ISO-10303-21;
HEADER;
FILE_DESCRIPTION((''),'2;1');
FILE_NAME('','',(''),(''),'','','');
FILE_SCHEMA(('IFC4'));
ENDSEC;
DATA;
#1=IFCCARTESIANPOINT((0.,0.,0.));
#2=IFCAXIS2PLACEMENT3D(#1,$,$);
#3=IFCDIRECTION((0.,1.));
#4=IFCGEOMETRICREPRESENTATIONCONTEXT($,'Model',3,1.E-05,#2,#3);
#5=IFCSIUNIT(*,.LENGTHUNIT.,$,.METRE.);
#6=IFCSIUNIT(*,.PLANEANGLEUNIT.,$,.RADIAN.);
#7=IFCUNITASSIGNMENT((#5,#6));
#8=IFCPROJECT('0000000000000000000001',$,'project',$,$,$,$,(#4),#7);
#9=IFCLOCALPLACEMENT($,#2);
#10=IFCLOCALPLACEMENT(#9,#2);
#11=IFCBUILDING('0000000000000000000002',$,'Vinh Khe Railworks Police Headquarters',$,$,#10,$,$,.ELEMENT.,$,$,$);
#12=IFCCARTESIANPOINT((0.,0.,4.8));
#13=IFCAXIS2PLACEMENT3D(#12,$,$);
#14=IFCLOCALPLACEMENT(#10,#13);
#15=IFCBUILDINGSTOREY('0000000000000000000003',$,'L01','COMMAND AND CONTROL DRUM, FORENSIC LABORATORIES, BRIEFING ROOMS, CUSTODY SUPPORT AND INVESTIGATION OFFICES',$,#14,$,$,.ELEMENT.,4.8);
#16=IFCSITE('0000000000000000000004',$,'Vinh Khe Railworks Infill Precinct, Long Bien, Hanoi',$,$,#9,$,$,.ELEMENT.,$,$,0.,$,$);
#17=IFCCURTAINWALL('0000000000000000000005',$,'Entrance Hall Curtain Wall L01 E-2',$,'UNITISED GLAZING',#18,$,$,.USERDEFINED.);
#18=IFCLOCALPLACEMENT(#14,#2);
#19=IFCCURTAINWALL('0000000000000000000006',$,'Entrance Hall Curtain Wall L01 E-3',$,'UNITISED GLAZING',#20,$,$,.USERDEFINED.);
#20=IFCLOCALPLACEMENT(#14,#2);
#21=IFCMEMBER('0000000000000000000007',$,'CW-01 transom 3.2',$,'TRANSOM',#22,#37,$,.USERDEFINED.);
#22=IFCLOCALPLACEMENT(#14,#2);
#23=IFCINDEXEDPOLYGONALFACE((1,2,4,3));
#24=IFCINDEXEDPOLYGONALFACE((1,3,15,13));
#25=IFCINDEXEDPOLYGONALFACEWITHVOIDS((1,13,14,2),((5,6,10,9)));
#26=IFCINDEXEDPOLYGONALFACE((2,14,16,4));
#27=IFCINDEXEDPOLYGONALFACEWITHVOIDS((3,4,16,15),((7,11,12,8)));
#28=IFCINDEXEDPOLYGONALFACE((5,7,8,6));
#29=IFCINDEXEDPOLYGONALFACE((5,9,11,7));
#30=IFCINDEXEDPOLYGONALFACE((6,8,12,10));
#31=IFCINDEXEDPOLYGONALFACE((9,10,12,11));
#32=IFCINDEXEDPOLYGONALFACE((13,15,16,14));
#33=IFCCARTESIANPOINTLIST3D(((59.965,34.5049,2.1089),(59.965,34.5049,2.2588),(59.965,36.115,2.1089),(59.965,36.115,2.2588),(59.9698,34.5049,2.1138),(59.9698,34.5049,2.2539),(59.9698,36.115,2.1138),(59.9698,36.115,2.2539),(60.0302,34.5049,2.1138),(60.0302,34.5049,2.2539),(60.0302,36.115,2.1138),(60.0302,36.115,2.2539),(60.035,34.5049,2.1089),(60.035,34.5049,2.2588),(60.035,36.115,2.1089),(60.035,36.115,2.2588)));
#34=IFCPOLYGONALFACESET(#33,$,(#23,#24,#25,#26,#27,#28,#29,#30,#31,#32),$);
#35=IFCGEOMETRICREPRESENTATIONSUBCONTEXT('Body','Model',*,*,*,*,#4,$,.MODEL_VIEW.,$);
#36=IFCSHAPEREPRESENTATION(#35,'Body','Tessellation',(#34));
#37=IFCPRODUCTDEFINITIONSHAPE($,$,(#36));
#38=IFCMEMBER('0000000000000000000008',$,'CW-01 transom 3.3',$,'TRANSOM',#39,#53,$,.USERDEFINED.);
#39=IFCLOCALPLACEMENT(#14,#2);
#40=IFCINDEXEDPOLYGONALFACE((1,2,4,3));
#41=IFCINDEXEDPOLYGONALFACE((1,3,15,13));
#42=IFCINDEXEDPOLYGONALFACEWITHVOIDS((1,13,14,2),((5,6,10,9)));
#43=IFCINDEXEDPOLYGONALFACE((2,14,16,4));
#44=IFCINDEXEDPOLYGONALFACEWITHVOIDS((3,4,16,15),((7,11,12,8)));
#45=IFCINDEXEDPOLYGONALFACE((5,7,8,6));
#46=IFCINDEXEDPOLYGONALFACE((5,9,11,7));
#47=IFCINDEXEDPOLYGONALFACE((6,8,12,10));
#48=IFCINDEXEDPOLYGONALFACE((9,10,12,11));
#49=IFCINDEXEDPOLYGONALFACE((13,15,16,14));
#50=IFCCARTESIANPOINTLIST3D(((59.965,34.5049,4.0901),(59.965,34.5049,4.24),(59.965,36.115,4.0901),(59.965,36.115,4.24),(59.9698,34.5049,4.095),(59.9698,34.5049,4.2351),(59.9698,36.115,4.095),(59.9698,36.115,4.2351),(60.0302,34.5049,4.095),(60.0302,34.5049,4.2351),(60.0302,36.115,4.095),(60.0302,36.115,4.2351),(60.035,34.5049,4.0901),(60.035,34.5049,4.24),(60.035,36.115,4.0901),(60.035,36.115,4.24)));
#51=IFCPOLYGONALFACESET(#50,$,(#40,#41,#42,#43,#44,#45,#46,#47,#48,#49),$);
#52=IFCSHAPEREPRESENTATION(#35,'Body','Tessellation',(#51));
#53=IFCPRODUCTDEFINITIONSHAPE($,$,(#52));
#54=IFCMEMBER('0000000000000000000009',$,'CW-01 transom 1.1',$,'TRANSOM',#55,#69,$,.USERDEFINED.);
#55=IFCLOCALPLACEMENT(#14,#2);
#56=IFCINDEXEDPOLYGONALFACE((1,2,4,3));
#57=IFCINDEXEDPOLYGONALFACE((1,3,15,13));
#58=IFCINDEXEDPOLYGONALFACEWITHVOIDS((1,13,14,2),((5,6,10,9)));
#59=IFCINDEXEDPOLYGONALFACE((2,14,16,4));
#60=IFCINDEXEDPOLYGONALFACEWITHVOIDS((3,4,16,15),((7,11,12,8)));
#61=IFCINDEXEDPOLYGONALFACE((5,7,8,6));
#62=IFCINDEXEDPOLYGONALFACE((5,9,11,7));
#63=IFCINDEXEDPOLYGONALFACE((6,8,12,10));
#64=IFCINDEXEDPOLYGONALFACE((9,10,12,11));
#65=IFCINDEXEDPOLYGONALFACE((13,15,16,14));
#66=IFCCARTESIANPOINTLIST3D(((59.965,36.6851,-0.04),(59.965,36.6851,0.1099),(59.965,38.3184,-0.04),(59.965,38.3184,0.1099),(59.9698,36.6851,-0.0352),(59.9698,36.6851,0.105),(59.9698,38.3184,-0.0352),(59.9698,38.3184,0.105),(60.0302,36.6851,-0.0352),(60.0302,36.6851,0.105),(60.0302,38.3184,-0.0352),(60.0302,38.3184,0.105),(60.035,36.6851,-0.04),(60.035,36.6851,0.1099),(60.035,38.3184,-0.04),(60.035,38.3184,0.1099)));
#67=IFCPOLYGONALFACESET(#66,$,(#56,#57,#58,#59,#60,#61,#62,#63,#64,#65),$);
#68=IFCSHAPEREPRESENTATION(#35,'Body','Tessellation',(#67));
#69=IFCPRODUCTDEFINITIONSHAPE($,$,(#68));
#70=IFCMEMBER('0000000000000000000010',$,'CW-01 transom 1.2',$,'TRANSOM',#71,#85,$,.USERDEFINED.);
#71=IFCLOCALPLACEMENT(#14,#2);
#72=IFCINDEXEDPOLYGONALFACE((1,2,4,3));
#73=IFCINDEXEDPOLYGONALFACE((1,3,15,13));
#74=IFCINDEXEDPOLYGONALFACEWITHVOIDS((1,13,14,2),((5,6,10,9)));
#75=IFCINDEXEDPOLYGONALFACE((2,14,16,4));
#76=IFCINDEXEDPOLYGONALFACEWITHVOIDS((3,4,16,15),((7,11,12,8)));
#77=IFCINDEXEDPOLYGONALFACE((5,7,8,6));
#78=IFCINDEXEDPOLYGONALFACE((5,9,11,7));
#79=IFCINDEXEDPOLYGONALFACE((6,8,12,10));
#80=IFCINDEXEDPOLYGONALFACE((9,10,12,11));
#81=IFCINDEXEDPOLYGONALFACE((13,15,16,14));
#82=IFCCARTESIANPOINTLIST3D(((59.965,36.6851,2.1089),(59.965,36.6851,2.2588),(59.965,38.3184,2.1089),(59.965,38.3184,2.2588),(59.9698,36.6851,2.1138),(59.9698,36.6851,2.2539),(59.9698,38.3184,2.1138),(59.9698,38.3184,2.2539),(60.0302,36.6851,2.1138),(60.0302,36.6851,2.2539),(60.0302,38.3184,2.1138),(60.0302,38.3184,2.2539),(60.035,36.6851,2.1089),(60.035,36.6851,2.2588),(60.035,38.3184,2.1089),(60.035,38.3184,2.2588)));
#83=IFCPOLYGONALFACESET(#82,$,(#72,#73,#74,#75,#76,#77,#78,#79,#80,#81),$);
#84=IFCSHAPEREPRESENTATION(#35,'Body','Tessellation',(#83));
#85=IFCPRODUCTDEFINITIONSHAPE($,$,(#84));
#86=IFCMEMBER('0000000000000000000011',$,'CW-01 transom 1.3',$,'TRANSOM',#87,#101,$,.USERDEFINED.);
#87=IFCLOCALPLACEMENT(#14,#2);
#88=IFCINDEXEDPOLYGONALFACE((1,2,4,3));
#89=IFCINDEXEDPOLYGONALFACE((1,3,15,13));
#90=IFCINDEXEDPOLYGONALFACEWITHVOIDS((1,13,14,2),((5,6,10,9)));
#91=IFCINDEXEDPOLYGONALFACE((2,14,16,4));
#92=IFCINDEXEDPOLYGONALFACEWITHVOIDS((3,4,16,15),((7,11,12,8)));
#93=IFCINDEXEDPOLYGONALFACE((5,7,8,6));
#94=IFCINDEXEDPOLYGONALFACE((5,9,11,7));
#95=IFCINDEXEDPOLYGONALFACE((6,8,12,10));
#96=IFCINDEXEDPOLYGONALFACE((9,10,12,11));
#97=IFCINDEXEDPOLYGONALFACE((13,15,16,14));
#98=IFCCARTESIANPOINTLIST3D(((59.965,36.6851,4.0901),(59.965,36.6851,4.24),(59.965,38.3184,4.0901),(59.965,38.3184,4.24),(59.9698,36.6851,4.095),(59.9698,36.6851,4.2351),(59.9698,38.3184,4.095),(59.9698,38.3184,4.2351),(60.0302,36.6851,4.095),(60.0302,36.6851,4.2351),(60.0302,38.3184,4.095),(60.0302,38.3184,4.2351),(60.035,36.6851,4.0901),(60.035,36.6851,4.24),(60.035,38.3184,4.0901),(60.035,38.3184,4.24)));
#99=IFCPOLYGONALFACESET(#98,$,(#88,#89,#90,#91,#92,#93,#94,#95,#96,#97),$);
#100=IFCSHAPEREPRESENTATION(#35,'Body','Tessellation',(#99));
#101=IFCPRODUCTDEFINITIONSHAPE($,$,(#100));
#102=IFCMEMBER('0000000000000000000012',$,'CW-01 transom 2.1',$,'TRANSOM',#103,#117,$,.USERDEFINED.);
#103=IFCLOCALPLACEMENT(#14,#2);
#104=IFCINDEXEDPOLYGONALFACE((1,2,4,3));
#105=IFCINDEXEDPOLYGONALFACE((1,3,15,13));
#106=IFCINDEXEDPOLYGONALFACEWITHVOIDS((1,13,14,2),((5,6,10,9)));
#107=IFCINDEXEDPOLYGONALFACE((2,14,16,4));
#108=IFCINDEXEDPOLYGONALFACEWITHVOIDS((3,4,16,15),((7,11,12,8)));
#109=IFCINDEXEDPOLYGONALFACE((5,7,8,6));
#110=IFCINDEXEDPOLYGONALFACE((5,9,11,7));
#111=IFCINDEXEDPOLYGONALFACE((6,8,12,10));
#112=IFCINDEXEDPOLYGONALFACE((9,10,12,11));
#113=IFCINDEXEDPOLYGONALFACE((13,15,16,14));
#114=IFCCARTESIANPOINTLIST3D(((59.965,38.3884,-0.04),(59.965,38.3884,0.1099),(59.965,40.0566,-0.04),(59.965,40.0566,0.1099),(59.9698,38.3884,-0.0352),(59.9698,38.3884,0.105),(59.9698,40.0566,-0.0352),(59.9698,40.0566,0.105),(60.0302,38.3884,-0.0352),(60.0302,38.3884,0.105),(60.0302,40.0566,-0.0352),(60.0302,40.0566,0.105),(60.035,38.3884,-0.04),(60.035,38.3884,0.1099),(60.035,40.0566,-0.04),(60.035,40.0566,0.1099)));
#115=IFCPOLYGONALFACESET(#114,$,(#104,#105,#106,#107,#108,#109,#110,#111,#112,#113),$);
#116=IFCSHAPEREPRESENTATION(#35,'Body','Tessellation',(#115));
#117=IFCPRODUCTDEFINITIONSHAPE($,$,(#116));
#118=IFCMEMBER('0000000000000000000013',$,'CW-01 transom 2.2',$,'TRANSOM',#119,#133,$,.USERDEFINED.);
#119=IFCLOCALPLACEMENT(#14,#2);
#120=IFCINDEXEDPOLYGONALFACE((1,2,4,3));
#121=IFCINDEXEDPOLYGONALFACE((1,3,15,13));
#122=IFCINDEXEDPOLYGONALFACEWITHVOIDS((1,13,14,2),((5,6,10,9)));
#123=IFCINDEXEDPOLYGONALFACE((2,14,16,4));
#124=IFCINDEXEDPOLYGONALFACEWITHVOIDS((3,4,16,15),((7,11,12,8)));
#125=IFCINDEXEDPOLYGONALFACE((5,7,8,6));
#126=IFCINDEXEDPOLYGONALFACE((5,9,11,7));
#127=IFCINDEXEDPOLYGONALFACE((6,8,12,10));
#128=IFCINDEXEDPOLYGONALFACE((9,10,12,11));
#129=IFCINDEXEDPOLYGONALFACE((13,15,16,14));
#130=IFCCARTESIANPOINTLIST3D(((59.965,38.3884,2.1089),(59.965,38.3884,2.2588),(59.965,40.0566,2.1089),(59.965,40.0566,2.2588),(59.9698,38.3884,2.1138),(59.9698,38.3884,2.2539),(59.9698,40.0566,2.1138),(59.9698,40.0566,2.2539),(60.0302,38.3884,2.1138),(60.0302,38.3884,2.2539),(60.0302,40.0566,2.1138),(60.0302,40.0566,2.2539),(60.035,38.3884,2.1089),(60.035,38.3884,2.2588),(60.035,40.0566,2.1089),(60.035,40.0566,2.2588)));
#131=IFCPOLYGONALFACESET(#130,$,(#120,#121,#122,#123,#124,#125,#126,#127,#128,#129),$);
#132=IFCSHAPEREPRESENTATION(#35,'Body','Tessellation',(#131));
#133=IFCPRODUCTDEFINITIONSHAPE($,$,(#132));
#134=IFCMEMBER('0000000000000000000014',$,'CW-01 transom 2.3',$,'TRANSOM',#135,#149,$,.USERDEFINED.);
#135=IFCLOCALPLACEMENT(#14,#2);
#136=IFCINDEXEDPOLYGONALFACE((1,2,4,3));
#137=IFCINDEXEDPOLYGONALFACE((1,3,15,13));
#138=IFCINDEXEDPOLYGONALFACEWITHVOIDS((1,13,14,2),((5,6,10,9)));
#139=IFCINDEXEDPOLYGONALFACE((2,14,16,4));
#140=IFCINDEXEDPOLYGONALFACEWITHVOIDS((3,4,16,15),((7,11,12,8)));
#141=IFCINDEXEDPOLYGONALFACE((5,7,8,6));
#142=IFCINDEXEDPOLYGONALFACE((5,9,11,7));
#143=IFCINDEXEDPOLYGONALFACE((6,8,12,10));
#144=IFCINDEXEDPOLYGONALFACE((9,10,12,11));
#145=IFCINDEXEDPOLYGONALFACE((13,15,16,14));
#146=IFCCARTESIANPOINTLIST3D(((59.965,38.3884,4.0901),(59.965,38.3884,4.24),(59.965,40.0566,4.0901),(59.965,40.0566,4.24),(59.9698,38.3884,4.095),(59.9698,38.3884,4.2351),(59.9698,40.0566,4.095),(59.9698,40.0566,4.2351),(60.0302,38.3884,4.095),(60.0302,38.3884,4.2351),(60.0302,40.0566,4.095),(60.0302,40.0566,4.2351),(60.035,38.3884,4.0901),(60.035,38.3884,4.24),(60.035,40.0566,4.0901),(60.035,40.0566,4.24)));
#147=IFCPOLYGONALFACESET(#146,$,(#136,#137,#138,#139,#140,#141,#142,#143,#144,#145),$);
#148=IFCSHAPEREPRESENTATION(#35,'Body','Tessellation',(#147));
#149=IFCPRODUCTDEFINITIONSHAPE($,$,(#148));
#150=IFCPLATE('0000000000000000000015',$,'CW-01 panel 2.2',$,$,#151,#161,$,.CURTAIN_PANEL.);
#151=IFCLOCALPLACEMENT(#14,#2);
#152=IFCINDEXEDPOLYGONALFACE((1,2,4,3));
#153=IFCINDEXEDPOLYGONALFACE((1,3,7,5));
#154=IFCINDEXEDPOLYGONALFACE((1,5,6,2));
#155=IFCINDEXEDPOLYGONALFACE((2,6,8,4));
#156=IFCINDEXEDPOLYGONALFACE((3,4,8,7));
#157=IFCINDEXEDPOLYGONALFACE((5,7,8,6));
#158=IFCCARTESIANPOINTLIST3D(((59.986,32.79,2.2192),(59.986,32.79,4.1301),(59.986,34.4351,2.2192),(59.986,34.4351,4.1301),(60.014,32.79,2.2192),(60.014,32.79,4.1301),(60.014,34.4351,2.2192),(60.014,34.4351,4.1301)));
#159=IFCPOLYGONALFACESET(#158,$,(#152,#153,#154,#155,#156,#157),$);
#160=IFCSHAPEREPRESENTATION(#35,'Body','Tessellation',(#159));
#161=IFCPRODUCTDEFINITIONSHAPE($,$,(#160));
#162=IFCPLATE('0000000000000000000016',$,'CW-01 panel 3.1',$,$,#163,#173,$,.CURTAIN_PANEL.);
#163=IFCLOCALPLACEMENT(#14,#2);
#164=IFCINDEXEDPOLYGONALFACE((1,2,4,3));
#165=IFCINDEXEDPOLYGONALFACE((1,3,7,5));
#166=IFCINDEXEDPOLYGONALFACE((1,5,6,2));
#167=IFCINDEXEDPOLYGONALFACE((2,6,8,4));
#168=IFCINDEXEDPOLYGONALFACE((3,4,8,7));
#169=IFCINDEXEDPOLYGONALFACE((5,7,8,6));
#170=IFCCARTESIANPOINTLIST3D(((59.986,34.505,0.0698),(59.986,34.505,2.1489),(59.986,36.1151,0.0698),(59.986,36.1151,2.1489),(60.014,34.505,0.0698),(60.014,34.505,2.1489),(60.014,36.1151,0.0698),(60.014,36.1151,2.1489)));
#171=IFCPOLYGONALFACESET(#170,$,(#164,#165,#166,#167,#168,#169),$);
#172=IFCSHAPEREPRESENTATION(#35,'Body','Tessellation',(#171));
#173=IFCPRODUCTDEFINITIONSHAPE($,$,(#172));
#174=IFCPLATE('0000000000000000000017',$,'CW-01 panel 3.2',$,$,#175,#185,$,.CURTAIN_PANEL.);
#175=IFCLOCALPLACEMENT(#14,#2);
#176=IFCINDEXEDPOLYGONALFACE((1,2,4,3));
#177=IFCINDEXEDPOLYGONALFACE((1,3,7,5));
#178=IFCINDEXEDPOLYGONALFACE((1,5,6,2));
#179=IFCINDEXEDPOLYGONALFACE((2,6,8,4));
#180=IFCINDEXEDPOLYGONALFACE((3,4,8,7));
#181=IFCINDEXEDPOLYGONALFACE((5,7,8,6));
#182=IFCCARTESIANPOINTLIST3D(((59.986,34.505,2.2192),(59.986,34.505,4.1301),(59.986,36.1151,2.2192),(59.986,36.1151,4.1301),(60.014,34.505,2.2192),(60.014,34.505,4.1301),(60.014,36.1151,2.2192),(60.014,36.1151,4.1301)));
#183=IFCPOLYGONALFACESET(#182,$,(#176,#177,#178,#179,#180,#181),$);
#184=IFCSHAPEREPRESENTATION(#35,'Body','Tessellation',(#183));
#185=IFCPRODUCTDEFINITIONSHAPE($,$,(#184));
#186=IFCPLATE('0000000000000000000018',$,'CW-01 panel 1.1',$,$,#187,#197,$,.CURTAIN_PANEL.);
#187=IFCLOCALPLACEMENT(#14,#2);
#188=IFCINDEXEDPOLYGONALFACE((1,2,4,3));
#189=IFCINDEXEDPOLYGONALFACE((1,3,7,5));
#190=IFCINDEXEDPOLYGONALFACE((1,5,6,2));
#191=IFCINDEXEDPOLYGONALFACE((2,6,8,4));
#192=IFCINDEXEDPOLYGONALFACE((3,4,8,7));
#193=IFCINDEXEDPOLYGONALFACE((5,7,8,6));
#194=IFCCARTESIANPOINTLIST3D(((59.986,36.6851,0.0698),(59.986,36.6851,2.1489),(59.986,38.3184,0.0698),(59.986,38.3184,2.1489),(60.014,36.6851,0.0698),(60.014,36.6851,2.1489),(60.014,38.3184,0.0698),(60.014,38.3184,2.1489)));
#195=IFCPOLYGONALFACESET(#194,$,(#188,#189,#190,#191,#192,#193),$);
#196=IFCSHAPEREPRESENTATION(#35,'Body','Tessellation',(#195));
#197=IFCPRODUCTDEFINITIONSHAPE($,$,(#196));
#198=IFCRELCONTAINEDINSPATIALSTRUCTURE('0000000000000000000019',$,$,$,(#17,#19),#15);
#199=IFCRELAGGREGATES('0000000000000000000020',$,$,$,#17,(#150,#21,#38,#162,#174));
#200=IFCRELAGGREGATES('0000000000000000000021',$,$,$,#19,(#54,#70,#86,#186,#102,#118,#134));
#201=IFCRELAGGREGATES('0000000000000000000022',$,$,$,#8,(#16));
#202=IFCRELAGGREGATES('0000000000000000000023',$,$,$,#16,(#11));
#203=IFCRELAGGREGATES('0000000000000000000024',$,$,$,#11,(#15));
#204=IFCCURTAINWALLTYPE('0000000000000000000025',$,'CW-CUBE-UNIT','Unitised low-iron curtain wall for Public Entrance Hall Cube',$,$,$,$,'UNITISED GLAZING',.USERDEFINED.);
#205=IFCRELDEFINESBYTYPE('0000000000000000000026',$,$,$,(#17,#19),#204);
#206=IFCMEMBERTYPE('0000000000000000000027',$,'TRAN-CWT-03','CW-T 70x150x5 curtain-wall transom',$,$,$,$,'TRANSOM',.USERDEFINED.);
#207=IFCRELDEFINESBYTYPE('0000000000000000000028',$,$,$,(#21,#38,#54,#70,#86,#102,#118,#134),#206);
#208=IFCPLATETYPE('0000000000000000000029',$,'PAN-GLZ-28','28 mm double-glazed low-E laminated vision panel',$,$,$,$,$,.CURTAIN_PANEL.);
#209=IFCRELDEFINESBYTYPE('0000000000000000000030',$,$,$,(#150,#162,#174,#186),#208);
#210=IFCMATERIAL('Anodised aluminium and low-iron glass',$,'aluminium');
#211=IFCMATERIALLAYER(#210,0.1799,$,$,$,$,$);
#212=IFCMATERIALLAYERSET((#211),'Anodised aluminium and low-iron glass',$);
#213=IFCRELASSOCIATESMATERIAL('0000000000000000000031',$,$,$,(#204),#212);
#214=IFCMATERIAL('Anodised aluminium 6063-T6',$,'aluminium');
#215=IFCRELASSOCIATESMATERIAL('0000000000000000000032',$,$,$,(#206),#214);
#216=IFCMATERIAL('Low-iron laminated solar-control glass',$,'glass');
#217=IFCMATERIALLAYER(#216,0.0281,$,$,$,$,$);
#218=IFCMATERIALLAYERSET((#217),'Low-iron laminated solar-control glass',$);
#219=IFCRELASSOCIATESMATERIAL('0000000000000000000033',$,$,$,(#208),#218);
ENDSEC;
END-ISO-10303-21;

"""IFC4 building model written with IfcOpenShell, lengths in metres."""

from ifc_helpers import new_model, si_unit, direction, frame, origin, origin_2d, place, context, subcontext, project, spatial, rectangle, hollow_rectangle, extrude, material, layer, layer_set, material_profile, profile_set, type_object, element, aggregate, save


model = new_model("IFC4")

# Units and contexts
model_context = context("Model", 3, precision=1e-05, world=origin(), true_north=direction((0.0, 1.0)))
body_context = subcontext(model_context, "Body", "Model", "MODEL_VIEW")
ifc_project = project(units=[si_unit("LENGTHUNIT", "METRE"), si_unit("PLANEANGLEUNIT", "RADIAN")], contexts=[model_context])

# Site, building, storey
site_placement = place(None, origin())
site = spatial("IfcSite", under=ifc_project, at=site_placement, Name="Vinh Khe Railworks Infill Precinct, Long Bien, Hanoi", CompositionType="ELEMENT", RefElevation=0.0)
building_placement = place(site_placement, origin())
building = spatial("IfcBuilding", under=site, at=building_placement, Name="Vinh Khe Railworks Police Headquarters", CompositionType="ELEMENT")
storey_placement = place(building_placement, frame((0.0, 0.0, 4.8)))
storey = spatial("IfcBuildingStorey", under=building, at=storey_placement, Name="L01", Description="COMMAND AND CONTROL DRUM, FORENSIC LABORATORIES, BRIEFING ROOMS, CUSTODY SUPPORT AND INVESTIGATION OFFICES", CompositionType="ELEMENT", Elevation=4.8)

# Curtain walls
ifc_material_1 = material(Name="Anodised aluminium and low-iron glass", Category="aluminium")
ifc_layer_1 = layer(ifc_material_1, 0.1799)
ifc_layer_set_1 = layer_set([ifc_layer_1], Name="Anodised aluminium and low-iron glass")
curtain_wall_type = type_object("IfcCurtainWallType", Name="CW-CUBE-UNIT", Description="Unitised low-iron curtain wall for Public Entrance Hall Cube", ElementType="UNITISED GLAZING", PredefinedType="USERDEFINED", material=ifc_layer_set_1)
curtain_wall_1_placement = place(storey_placement, origin())
curtain_wall_1 = element("IfcCurtainWall", 1, at=curtain_wall_1_placement, inside=storey, type_object=curtain_wall_type, Name="Entrance Hall Curtain Wall L01 E-2", ObjectType="UNITISED GLAZING", PredefinedType="USERDEFINED")
ifc_material_2 = material(Name="Anodised aluminium 6063-T6", Category="aluminium")
curtain_wall_2_placement = place(storey_placement, origin())
curtain_wall_2 = element("IfcCurtainWall", 2, at=curtain_wall_2_placement, inside=storey, type_object=curtain_wall_type, Name="Entrance Hall Curtain Wall L01 E-3", ObjectType="UNITISED GLAZING", PredefinedType="USERDEFINED")

# Members
ifc_material_profile_1 = material_profile(ifc_material_2, hollow_rectangle(XDim=0.0701, YDim=0.1499, WallThickness=0.0049, at=origin_2d()), Name="CW-T 70x150x5")
ifc_profile_set_1 = profile_set([ifc_material_profile_1], Name="Anodised aluminium 6063-T6")
member_type_1 = type_object("IfcMemberType", Name="TRAN-CWT-03", Description="CW-T 70x150x5 curtain-wall transom", ElementType="TRANSOM", PredefinedType="USERDEFINED", material=ifc_profile_set_1)
member_1_placement = place(storey_placement, frame((60.0, 34.5049, 2.1838), z_axis=(0.0, 1.0, 0.0), x_axis=(-1.0, 0.0, 0.0)))
member_1 = element("IfcMember", 3, at=member_1_placement, type_object=member_type_1, Name="CW-01 transom 3.2", ObjectType="TRANSOM", PredefinedType="USERDEFINED", context=body_context, shape_type="SweptSolid", body=[
    extrude(hollow_rectangle(XDim=0.0701, YDim=0.1499, WallThickness=0.0049, at=origin_2d()), origin(), (0.0, 0.0, 1.0), 1.6101),
])
member_2_placement = place(storey_placement, frame((60.0, 34.5049, 4.165), z_axis=(0.0, 1.0, 0.0), x_axis=(-1.0, 0.0, 0.0)))
member_2 = element("IfcMember", 4, at=member_2_placement, type_object=member_type_1, Name="CW-01 transom 3.3", ObjectType="TRANSOM", PredefinedType="USERDEFINED", context=body_context, shape_type="SweptSolid", body=[
    extrude(hollow_rectangle(XDim=0.0701, YDim=0.1499, WallThickness=0.0049, at=origin_2d()), origin(), (0.0, 0.0, 1.0), 1.6101),
])
member_3_placement = place(storey_placement, frame((60.0, 36.6851, 0.0349), z_axis=(0.0, 1.0, 0.0), x_axis=(-1.0, 0.0, 0.0)))
member_3 = element("IfcMember", 5, at=member_3_placement, type_object=member_type_1, Name="CW-01 transom 1.1", ObjectType="TRANSOM", PredefinedType="USERDEFINED", context=body_context, shape_type="SweptSolid", body=[
    extrude(hollow_rectangle(XDim=0.0701, YDim=0.1499, WallThickness=0.0049, at=origin_2d()), origin(), (0.0, 0.0, 1.0), 1.6333),
])
member_4_placement = place(storey_placement, frame((60.0, 36.6851, 2.1838), z_axis=(0.0, 1.0, 0.0), x_axis=(-1.0, 0.0, 0.0)))
member_4 = element("IfcMember", 6, at=member_4_placement, type_object=member_type_1, Name="CW-01 transom 1.2", ObjectType="TRANSOM", PredefinedType="USERDEFINED", context=body_context, shape_type="SweptSolid", body=[
    extrude(hollow_rectangle(XDim=0.0701, YDim=0.1499, WallThickness=0.0049, at=origin_2d()), origin(), (0.0, 0.0, 1.0), 1.6333),
])
member_5_placement = place(storey_placement, frame((60.0, 36.6851, 4.165), z_axis=(0.0, 1.0, 0.0), x_axis=(-1.0, 0.0, 0.0)))
member_5 = element("IfcMember", 7, at=member_5_placement, type_object=member_type_1, Name="CW-01 transom 1.3", ObjectType="TRANSOM", PredefinedType="USERDEFINED", context=body_context, shape_type="SweptSolid", body=[
    extrude(hollow_rectangle(XDim=0.0701, YDim=0.1499, WallThickness=0.0049, at=origin_2d()), origin(), (0.0, 0.0, 1.0), 1.6333),
])
member_6_placement = place(storey_placement, frame((60.0, 38.3884, 0.0349), z_axis=(0.0, 1.0, 0.0), x_axis=(-1.0, 0.0, 0.0)))
member_6 = element("IfcMember", 8, at=member_6_placement, type_object=member_type_1, Name="CW-01 transom 2.1", ObjectType="TRANSOM", PredefinedType="USERDEFINED", context=body_context, shape_type="SweptSolid", body=[
    extrude(hollow_rectangle(XDim=0.0701, YDim=0.1499, WallThickness=0.0049, at=origin_2d()), origin(), (0.0, 0.0, 1.0), 1.6682),
])
member_7_placement = place(storey_placement, frame((60.0, 38.3884, 2.1838), z_axis=(0.0, 1.0, 0.0), x_axis=(-1.0, 0.0, 0.0)))
member_7 = element("IfcMember", 9, at=member_7_placement, type_object=member_type_1, Name="CW-01 transom 2.2", ObjectType="TRANSOM", PredefinedType="USERDEFINED", context=body_context, shape_type="SweptSolid", body=[
    extrude(hollow_rectangle(XDim=0.0701, YDim=0.1499, WallThickness=0.0049, at=origin_2d()), origin(), (0.0, 0.0, 1.0), 1.6682),
])
member_8_placement = place(storey_placement, frame((60.0, 38.3884, 4.165), z_axis=(0.0, 1.0, 0.0), x_axis=(-1.0, 0.0, 0.0)))
member_8 = element("IfcMember", 10, at=member_8_placement, type_object=member_type_1, Name="CW-01 transom 2.3", ObjectType="TRANSOM", PredefinedType="USERDEFINED", context=body_context, shape_type="SweptSolid", body=[
    extrude(hollow_rectangle(XDim=0.0701, YDim=0.1499, WallThickness=0.0049, at=origin_2d()), origin(), (0.0, 0.0, 1.0), 1.6682),
])

# Plates
ifc_material_3 = material(Name="Low-iron laminated solar-control glass", Category="glass")
ifc_layer_2 = layer(ifc_material_3, 0.0281)
ifc_layer_set_2 = layer_set([ifc_layer_2], Name="Low-iron laminated solar-control glass")
plate_type = type_object("IfcPlateType", Name="PAN-GLZ-28", Description="28 mm double-glazed low-E laminated vision panel", PredefinedType="CURTAIN_PANEL", material=ifc_layer_set_2)
plate_1_placement = place(storey_placement, frame((60.0, 33.6125, 2.2192), z_axis=(0.0, 0.0, 1.0), x_axis=(0.0, 1.0, 0.0)))
plate_1 = element("IfcPlate", 11, at=plate_1_placement, type_object=plate_type, Name="CW-01 panel 2.2", PredefinedType="CURTAIN_PANEL", context=body_context, shape_type="SweptSolid", body=[
    extrude(rectangle(XDim=1.645, YDim=0.0281, at=origin_2d()), origin(), (0.0, 0.0, 1.0), 1.9109),
])
plate_2_placement = place(storey_placement, frame((60.0, 35.3101, 0.0698), z_axis=(0.0, 0.0, 1.0), x_axis=(0.0, 1.0, 0.0)))
plate_2 = element("IfcPlate", 12, at=plate_2_placement, type_object=plate_type, Name="CW-01 panel 3.1", PredefinedType="CURTAIN_PANEL", context=body_context, shape_type="SweptSolid", body=[
    extrude(rectangle(XDim=1.6101, YDim=0.0281, at=origin_2d()), origin(), (0.0, 0.0, 1.0), 2.0791),
])
plate_3_placement = place(storey_placement, frame((60.0, 35.3101, 2.2192), z_axis=(0.0, 0.0, 1.0), x_axis=(0.0, 1.0, 0.0)))
plate_3 = element("IfcPlate", 13, at=plate_3_placement, type_object=plate_type, Name="CW-01 panel 3.2", PredefinedType="CURTAIN_PANEL", context=body_context, shape_type="SweptSolid", body=[
    extrude(rectangle(XDim=1.6101, YDim=0.0281, at=origin_2d()), origin(), (0.0, 0.0, 1.0), 1.9109),
])
aggregate(curtain_wall_1, [plate_1, member_1, member_2, plate_2, plate_3])
plate_4_placement = place(storey_placement, frame((60.0, 37.5017, 0.0698), z_axis=(0.0, 0.0, 1.0), x_axis=(0.0, 1.0, 0.0)))
plate_4 = element("IfcPlate", 14, at=plate_4_placement, type_object=plate_type, Name="CW-01 panel 1.1", PredefinedType="CURTAIN_PANEL", context=body_context, shape_type="SweptSolid", body=[
    extrude(rectangle(XDim=1.6333, YDim=0.0281, at=origin_2d()), origin(), (0.0, 0.0, 1.0), 2.0791),
])
aggregate(curtain_wall_2, [member_3, member_4, member_5, plate_4, member_6, member_7, member_8])

save(model, "model.ifc")
